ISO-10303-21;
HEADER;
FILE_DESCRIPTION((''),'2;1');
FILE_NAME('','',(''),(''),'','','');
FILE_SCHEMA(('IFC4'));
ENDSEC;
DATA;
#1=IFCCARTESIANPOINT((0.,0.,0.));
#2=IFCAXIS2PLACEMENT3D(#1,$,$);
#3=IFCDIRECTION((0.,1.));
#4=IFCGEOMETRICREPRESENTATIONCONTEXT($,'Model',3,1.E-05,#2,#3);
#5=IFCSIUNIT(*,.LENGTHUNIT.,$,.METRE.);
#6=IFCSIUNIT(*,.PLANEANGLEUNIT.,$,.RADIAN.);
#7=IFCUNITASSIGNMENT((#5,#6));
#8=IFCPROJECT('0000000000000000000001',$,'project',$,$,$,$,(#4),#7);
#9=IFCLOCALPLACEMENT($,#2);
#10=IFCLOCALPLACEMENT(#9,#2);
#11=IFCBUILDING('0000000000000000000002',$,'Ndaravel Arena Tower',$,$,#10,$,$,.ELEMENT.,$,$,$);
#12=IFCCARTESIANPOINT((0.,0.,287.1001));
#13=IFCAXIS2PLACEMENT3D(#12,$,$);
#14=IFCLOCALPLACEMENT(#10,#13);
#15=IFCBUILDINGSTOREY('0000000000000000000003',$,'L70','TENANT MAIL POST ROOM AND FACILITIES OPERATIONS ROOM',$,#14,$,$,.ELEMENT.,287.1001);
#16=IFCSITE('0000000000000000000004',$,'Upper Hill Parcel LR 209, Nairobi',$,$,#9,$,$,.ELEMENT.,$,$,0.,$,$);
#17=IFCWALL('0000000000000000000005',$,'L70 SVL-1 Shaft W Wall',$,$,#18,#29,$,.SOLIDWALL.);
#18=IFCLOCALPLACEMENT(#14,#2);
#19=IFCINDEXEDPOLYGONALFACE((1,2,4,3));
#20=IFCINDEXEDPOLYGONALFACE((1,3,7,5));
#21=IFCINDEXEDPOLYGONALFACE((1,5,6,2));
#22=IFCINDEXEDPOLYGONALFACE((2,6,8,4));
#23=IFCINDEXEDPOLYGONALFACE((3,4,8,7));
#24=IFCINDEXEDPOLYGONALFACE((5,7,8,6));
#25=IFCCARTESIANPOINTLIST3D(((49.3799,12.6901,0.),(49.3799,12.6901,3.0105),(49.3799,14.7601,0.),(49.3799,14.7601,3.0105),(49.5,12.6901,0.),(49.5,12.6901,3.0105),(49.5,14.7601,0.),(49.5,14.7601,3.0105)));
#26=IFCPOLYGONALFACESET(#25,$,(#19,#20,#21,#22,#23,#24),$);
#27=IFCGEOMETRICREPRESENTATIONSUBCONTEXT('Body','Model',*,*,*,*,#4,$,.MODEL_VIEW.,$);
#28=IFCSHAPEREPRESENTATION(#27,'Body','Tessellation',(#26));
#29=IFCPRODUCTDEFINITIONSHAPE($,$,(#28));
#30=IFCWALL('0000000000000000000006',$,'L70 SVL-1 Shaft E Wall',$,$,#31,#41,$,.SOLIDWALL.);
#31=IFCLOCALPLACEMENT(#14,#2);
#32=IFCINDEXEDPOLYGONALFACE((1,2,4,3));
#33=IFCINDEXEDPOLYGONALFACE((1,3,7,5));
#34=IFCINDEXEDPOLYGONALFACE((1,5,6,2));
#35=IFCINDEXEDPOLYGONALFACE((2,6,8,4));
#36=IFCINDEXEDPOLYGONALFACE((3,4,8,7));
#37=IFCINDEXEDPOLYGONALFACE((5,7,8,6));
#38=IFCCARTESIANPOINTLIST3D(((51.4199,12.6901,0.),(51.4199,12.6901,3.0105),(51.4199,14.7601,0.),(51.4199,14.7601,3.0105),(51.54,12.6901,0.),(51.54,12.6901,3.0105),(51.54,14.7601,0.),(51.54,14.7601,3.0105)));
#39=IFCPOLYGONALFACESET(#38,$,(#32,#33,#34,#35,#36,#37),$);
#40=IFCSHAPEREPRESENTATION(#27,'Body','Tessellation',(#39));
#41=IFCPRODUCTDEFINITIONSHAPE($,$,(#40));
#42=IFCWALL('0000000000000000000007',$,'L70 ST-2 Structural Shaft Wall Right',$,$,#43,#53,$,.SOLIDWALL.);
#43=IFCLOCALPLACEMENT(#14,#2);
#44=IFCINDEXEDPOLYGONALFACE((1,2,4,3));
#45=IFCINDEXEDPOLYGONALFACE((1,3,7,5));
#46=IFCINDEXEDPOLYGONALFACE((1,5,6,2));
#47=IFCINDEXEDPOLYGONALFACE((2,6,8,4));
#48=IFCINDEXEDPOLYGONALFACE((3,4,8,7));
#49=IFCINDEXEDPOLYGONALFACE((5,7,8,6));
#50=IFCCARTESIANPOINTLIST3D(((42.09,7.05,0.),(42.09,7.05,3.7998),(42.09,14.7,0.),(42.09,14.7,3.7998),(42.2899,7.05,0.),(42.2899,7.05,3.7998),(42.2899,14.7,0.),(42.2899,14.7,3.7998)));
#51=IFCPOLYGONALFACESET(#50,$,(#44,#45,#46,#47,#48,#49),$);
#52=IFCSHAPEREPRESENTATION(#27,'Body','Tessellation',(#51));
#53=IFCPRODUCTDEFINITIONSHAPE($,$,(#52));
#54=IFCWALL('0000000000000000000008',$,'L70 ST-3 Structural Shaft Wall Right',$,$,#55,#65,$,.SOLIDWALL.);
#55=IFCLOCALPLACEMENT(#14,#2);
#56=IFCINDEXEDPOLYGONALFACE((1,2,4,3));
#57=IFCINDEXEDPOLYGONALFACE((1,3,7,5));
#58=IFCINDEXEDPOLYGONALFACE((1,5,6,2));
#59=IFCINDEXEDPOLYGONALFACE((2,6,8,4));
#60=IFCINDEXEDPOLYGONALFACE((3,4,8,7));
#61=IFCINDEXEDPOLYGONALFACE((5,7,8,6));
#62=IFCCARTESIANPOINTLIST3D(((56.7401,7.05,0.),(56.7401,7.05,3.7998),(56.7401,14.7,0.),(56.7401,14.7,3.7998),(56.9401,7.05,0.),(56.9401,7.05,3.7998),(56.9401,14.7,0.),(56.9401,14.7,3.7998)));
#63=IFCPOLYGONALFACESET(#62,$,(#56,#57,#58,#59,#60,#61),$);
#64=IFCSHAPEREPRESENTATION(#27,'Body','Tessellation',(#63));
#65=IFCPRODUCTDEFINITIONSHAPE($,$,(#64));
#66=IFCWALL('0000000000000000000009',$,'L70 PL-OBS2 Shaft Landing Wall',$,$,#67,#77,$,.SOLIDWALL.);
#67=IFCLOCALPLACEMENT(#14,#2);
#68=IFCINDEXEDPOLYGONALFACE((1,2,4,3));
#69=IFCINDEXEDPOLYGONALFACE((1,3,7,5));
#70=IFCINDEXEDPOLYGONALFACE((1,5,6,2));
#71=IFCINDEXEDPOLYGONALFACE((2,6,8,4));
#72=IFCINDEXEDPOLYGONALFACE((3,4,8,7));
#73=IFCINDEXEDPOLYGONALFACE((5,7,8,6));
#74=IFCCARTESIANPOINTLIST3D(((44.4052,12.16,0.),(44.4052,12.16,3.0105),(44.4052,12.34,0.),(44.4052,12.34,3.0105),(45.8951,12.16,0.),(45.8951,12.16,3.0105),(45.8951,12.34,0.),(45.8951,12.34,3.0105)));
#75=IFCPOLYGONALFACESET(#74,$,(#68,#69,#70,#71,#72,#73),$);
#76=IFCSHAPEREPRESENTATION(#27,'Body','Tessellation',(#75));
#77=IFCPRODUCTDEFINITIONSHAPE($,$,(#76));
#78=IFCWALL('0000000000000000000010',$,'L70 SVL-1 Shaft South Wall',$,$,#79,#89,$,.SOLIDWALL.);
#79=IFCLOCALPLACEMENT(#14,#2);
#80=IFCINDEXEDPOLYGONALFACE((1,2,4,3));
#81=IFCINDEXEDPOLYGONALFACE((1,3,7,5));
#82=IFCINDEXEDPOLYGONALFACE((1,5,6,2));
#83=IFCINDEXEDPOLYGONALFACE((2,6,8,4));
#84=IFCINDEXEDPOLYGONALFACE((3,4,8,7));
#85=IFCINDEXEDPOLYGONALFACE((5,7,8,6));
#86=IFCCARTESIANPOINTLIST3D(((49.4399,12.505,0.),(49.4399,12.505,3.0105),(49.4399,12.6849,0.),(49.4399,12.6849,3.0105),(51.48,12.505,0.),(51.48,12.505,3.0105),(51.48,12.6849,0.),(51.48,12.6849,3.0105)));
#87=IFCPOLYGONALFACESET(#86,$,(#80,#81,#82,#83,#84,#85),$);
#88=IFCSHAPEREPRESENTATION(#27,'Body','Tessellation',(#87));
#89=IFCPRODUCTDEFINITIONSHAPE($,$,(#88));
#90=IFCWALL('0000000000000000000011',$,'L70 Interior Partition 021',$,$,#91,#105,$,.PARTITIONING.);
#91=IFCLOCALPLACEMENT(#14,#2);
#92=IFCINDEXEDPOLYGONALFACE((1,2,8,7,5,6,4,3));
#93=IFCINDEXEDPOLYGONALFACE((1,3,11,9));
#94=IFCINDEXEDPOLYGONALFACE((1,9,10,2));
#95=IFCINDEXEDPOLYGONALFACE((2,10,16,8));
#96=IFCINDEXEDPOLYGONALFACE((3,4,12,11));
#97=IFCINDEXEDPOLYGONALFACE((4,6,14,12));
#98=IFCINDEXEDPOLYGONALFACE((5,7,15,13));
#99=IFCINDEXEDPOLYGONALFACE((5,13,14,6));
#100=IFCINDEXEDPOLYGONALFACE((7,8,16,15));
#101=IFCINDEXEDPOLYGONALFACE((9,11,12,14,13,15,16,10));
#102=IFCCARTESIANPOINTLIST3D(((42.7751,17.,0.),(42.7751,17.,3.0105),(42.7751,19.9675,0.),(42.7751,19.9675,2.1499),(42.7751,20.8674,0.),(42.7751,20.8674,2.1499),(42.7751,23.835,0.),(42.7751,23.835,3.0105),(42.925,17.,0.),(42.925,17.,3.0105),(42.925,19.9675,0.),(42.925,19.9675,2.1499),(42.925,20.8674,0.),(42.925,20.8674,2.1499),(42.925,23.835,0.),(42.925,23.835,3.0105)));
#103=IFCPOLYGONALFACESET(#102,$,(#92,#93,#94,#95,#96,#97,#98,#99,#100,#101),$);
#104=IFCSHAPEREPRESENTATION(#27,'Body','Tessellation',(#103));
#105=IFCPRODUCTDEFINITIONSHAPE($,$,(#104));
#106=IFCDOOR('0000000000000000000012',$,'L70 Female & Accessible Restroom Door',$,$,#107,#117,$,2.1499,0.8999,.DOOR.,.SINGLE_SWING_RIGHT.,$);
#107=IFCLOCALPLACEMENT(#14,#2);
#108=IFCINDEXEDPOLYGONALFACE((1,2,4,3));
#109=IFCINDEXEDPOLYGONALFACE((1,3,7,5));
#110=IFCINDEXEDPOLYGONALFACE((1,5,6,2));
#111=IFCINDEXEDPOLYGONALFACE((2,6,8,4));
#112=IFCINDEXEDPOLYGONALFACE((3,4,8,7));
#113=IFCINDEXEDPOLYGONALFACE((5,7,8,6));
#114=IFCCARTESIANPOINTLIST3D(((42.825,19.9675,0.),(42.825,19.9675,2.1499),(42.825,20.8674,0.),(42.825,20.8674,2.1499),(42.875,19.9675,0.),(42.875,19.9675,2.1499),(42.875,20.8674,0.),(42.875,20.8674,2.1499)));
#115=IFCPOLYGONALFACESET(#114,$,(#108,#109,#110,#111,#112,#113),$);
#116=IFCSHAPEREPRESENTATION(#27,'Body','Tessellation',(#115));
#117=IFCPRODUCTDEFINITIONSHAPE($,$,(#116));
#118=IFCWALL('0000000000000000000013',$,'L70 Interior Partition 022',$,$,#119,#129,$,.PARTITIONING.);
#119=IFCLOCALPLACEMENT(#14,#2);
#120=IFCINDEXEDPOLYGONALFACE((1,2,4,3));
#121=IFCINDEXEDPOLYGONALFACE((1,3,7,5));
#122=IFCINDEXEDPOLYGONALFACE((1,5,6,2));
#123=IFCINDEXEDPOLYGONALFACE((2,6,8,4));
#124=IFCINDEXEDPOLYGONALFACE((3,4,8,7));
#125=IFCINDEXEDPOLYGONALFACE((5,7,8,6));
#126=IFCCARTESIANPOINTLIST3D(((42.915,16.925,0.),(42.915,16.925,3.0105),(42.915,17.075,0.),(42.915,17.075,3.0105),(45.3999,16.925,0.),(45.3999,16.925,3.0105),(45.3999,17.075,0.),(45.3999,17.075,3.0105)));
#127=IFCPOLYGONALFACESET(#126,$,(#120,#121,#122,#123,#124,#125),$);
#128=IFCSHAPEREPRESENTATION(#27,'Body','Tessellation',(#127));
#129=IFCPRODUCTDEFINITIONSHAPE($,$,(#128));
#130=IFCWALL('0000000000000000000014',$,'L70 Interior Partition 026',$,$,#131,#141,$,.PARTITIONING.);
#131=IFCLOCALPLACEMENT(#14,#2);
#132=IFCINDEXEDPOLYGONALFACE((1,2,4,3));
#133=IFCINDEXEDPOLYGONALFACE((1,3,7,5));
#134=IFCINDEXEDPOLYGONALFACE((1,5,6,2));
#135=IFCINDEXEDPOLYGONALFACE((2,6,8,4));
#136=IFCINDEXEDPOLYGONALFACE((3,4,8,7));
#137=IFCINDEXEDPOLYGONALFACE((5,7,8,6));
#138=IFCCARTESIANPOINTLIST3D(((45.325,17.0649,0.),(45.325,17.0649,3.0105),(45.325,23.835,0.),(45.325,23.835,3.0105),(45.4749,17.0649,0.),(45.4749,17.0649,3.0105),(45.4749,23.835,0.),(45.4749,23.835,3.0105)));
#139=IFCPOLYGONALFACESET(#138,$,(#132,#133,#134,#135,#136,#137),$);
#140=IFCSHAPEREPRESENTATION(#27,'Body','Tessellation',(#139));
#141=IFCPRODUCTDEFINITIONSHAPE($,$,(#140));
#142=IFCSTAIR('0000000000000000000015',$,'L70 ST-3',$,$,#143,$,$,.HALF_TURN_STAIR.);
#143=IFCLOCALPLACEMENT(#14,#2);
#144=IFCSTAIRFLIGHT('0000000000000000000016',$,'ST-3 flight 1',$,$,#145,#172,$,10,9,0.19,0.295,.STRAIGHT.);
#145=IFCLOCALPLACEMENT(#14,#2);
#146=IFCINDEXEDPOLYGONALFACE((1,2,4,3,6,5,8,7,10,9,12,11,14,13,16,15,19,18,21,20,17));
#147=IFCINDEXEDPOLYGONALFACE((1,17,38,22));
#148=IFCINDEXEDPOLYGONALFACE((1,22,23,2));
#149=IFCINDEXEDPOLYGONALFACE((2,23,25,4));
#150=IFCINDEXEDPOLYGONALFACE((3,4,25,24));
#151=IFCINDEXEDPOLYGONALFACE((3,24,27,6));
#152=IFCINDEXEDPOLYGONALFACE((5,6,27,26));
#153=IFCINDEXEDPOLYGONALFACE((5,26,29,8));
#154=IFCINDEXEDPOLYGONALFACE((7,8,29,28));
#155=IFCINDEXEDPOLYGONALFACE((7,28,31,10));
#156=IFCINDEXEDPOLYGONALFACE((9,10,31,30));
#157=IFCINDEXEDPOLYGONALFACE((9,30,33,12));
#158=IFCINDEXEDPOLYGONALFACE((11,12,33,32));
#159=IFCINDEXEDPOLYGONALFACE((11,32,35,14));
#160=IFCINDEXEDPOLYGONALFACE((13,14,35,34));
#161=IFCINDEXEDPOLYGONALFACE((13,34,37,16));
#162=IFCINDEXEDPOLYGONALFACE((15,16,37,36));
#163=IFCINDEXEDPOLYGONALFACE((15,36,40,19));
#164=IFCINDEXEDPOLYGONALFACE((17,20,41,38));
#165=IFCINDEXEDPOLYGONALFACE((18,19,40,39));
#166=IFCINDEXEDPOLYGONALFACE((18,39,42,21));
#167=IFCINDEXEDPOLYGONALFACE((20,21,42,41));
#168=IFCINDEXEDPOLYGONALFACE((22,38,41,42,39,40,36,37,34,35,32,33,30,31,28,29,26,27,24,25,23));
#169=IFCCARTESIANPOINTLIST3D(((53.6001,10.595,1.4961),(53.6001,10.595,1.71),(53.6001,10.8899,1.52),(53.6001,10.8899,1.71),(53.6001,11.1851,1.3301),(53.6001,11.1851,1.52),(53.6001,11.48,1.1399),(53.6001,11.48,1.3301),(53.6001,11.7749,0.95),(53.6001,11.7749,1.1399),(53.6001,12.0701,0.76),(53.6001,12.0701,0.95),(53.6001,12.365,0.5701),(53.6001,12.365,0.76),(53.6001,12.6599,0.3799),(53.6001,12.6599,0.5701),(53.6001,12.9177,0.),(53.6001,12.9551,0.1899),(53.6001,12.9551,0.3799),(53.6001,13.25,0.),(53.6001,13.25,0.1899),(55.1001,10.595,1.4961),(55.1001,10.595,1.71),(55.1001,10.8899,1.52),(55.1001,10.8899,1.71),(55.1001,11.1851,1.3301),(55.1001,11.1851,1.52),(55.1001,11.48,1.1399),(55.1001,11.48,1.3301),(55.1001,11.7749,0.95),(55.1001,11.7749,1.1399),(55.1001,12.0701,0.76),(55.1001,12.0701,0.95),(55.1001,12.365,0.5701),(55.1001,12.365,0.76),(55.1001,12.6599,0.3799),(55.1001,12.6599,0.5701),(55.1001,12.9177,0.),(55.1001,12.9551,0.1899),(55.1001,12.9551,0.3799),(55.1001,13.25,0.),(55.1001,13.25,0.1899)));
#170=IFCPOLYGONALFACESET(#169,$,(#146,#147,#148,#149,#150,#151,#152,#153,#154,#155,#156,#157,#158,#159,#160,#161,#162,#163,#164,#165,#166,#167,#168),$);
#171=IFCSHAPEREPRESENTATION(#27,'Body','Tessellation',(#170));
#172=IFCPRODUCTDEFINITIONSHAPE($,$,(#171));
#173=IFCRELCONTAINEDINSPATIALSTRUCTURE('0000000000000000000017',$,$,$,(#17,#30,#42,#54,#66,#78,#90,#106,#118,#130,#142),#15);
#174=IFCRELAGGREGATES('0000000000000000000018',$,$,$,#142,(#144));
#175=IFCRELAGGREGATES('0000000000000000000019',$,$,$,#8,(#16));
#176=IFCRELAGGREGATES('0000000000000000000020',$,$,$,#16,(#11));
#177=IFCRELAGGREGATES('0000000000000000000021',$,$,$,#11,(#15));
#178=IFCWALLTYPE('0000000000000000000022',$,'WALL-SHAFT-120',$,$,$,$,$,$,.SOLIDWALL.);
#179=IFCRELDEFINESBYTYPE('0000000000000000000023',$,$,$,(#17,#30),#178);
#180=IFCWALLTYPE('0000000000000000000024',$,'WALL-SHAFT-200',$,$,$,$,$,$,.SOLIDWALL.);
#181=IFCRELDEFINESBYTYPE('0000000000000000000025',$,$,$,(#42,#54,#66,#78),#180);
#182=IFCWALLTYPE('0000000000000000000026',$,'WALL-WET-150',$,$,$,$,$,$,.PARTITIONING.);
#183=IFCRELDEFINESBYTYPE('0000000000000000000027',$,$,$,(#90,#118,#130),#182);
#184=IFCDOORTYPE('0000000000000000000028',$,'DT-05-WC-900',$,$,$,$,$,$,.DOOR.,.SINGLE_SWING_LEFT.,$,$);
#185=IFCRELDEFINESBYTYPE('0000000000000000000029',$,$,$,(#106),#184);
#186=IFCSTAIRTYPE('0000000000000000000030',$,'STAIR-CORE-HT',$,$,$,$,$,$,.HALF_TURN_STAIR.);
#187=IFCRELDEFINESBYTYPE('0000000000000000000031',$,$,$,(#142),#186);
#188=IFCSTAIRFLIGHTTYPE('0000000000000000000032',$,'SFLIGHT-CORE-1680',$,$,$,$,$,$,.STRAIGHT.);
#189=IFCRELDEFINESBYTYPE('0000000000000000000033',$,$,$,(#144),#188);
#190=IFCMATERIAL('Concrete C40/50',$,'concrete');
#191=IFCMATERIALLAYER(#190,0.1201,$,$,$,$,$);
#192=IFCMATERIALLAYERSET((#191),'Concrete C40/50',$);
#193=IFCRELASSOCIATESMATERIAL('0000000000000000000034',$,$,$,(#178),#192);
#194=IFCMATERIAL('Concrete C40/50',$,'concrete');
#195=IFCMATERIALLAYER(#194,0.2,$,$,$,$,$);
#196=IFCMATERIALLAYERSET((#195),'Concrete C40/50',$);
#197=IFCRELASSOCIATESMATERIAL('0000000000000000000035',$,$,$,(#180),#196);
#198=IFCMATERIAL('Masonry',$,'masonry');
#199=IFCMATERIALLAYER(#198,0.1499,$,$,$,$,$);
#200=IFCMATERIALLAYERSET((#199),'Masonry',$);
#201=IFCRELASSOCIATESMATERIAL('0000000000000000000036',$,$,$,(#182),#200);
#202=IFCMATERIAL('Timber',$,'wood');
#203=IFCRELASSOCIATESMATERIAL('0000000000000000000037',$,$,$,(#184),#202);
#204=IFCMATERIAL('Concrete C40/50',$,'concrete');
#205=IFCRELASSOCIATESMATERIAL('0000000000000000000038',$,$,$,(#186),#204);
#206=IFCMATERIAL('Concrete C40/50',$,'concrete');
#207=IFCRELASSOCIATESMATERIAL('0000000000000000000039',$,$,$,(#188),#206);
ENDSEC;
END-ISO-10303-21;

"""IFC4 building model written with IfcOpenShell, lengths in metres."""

from ifc_helpers import new_model, si_unit, direction, frame, frame_2d, origin, place, context, subcontext, project, spatial, polyline, rectangle, outline, extrude, material, layer, layer_set, type_object, element, fill, aggregate, save


model = new_model("IFC4")

# Units and contexts
model_context = context("Model", 3, precision=1e-05, world=origin(), true_north=direction((0.0, 1.0)))
body_context = subcontext(model_context, "Body", "Model", "MODEL_VIEW")
ifc_project = project(units=[si_unit("LENGTHUNIT", "METRE"), si_unit("PLANEANGLEUNIT", "RADIAN")], contexts=[model_context])

# Site, building, storey
site_placement = place(None, origin())
site = spatial("IfcSite", under=ifc_project, at=site_placement, Name="Upper Hill Parcel LR 209, Nairobi", CompositionType="ELEMENT", RefElevation=0.0)
building_placement = place(site_placement, origin())
building = spatial("IfcBuilding", under=site, at=building_placement, Name="Ndaravel Arena Tower", CompositionType="ELEMENT")
storey_placement = place(building_placement, frame((0.0, 0.0, 287.1001)))
storey = spatial("IfcBuildingStorey", under=building, at=storey_placement, Name="L70", Description="TENANT MAIL POST ROOM AND FACILITIES OPERATIONS ROOM", CompositionType="ELEMENT", Elevation=287.1001)

# Walls
ifc_material_1 = material(Name="Concrete C40/50", Category="concrete")
ifc_layer_1 = layer(ifc_material_1, 0.1201)
ifc_layer_set_1 = layer_set([ifc_layer_1], Name="Concrete C40/50")
wall_type_1 = type_object("IfcWallType", Name="WALL-SHAFT-120", PredefinedType="SOLIDWALL", material=ifc_layer_set_1)
for number, where, z_axis, x_axis, name in (
    (1, (49.4399, 12.6899, 0.0), (0.0, 0.0, 1.0), (0.0, 1.0, 0.0), "L70 SVL-1 Shaft W Wall"),
    (2, (51.48, 12.6899, 0.0), (0.0, 0.0, 1.0), (0.0, 1.0, 0.0), "L70 SVL-1 Shaft E Wall"),
):
    element("IfcWall", number, at=place(storey_placement, frame(where, z_axis=z_axis, x_axis=x_axis)), inside=storey, type_object=wall_type_1, Name=name, PredefinedType="SOLIDWALL", context=body_context, shape_type="SweptSolid", body=[
        extrude(rectangle(XDim=2.0701, YDim=0.1201, at=frame_2d((1.0352, 0.0))), origin(), (0.0, 0.0, 1.0), 3.0105),
    ])
ifc_material_2 = material(Name="Concrete C40/50", Category="concrete")
ifc_layer_2 = layer(ifc_material_2, 0.2)
ifc_layer_set_2 = layer_set([ifc_layer_2], Name="Concrete C40/50")
wall_type_2 = type_object("IfcWallType", Name="WALL-SHAFT-200", PredefinedType="SOLIDWALL", material=ifc_layer_set_2)
for number, where, z_axis, x_axis, name in (
    (3, (42.1899, 14.7, 0.0), (0.0, 0.0, 1.0), (0.0, -1.0, 0.0), "L70 ST-2 Structural Shaft Wall Right"),
    (4, (56.8401, 14.7, 0.0), (0.0, 0.0, 1.0), (0.0, -1.0, 0.0), "L70 ST-3 Structural Shaft Wall Right"),
):
    element("IfcWall", number, at=place(storey_placement, frame(where, z_axis=z_axis, x_axis=x_axis)), inside=storey, type_object=wall_type_2, Name=name, PredefinedType="SOLIDWALL", context=body_context, shape_type="SweptSolid", body=[
        extrude(rectangle(XDim=7.6499, YDim=0.2, at=frame_2d((3.825, 0.0))), origin(), (0.0, 0.0, 1.0), 3.7998),
    ])
wall_1_placement = place(storey_placement, frame((44.405, 12.25, 0.0), z_axis=(0.0, 0.0, 1.0), x_axis=(1.0, 0.0, 0.0)))
element("IfcWall", 5, at=wall_1_placement, inside=storey, type_object=wall_type_2, Name="L70 PL-OBS2 Shaft Landing Wall", PredefinedType="SOLIDWALL", context=body_context, shape_type="SweptSolid", body=[
    extrude(rectangle(XDim=1.49, YDim=0.1799, at=frame_2d((0.7451, 0.0))), origin(), (0.0, 0.0, 1.0), 3.0105),
])
wall_2_placement = place(storey_placement, frame((49.4399, 12.595, 0.0), z_axis=(0.0, 0.0, 1.0), x_axis=(1.0, 0.0, 0.0)))
element("IfcWall", 6, at=wall_2_placement, inside=storey, type_object=wall_type_2, Name="L70 SVL-1 Shaft South Wall", PredefinedType="SOLIDWALL", context=body_context, shape_type="SweptSolid", body=[
    extrude(rectangle(XDim=2.04, YDim=0.1799, at=frame_2d((1.02, 0.0))), origin(), (0.0, 0.0, 1.0), 3.0105),
])

# Wall, opening, door
ifc_material_3 = material(Name="Masonry", Category="masonry")
ifc_layer_3 = layer(ifc_material_3, 0.1499)
ifc_layer_set_3 = layer_set([ifc_layer_3], Name="Masonry")
wall_type_3 = type_object("IfcWallType", Name="WALL-WET-150", PredefinedType="PARTITIONING", material=ifc_layer_set_3)
wall_3_placement = place(storey_placement, frame((42.8501, 23.835, 0.0), z_axis=(0.0, 0.0, 1.0), x_axis=(0.0, -1.0, 0.0)))
wall_3 = element("IfcWall", 7, at=wall_3_placement, inside=storey, type_object=wall_type_3, Name="L70 Interior Partition 021", PredefinedType="PARTITIONING", context=body_context, shape_type="SweptSolid", body=[
    extrude(rectangle(XDim=6.835, YDim=0.1499, at=frame_2d((3.4175, 0.0))), origin(), (0.0, 0.0, 1.0), 3.0105),
])
opening_1_placement = place(wall_3_placement, frame((2.9675, 0.0, 0.0)))
opening_1 = element("IfcOpeningElement", 8, at=opening_1_placement, cuts=wall_3, PredefinedType="OPENING", context=body_context, shape_type="SweptSolid", body=[
    extrude(rectangle(XDim=0.8999, YDim=2.1499, at=frame_2d((0.45, 1.075))), frame((0.0, 0.075, 0.0), z_axis=(0.0, -1.0, 0.0), x_axis=(1.0, 0.0, 0.0)), (0.0, 0.0, 1.0), 0.1499),
])
ifc_material_4 = material(Name="Timber", Category="wood")
door_type_1 = type_object("IfcDoorType", Name="DT-05-WC-900", OperationType="SINGLE_SWING_LEFT", PredefinedType="DOOR", material=ifc_material_4)
door_1_placement = place(opening_1_placement, origin())
door_1 = element("IfcDoor", 9, at=door_1_placement, inside=storey, type_object=door_type_1, Name="L70 Female & Accessible Restroom Door", OperationType="SINGLE_SWING_RIGHT", OverallHeight=2.1499, OverallWidth=0.8999, PredefinedType="DOOR", context=body_context, shape_type="SweptSolid", body=[
    extrude(rectangle(XDim=0.8999, YDim=2.1499, at=frame_2d((0.45, 1.075))), frame((0.0, 0.0249, 0.0), z_axis=(0.0, -1.0, 0.0), x_axis=(1.0, 0.0, 0.0)), (0.0, 0.0, 1.0), 0.05),
])
fill(opening_1, door_1)

# Walls
wall_4_placement = place(storey_placement, frame((42.915, 17.0, 0.0), z_axis=(0.0, 0.0, 1.0), x_axis=(1.0, 0.0, 0.0)))
element("IfcWall", 10, at=wall_4_placement, inside=storey, type_object=wall_type_3, Name="L70 Interior Partition 022", PredefinedType="PARTITIONING", context=body_context, shape_type="SweptSolid", body=[
    extrude(rectangle(XDim=2.4849, YDim=0.1499, at=frame_2d((1.2424, 0.0))), origin(), (0.0, 0.0, 1.0), 3.0105),
])
wall_5_placement = place(storey_placement, frame((45.3999, 23.835, 0.0), z_axis=(0.0, 0.0, 1.0), x_axis=(0.0, -1.0, 0.0)))
element("IfcWall", 11, at=wall_5_placement, inside=storey, type_object=wall_type_3, Name="L70 Interior Partition 026", PredefinedType="PARTITIONING", context=body_context, shape_type="SweptSolid", body=[
    extrude(rectangle(XDim=6.77, YDim=0.1499, at=frame_2d((3.385, 0.0))), origin(), (0.0, 0.0, 1.0), 3.0105),
])

# Stair, stair flight
ifc_material_5 = material(Name="Concrete C40/50", Category="concrete")
stair_type = type_object("IfcStairType", Name="STAIR-CORE-HT", PredefinedType="HALF_TURN_STAIR", material=ifc_material_5)
stair_placement = place(storey_placement, origin())
stair = element("IfcStair", 12, at=stair_placement, inside=storey, type_object=stair_type, Name="L70 ST-3", PredefinedType="HALF_TURN_STAIR")
ifc_material_6 = material(Name="Concrete C40/50", Category="concrete")
stair_flight_type = type_object("IfcStairFlightType", Name="SFLIGHT-CORE-1680", PredefinedType="STRAIGHT", material=ifc_material_6)
stair_flight_placement = place(storey_placement, frame((54.3501, 13.25, 0.0), z_axis=(0.0, 0.0, 1.0), x_axis=(0.0, -1.0, 0.0)))
stair_flight = element("IfcStairFlight", 13, at=stair_flight_placement, type_object=stair_flight_type, Name="ST-3 flight 1", NumberOfRisers=10, NumberOfTreads=9, PredefinedType="STRAIGHT", RiserHeight=0.19, TreadLength=0.295, context=body_context, shape_type="SweptSolid", body=[
    extrude(outline(polyline([(0.0, 0.0), (0.0, 0.1899), (0.2949, 0.1899), (0.2949, 0.3799), (0.5901, 0.3799), (0.5901, 0.5701), (0.885, 0.5701), (0.885, 0.76), (1.1799, 0.76), (1.1799, 0.95), (1.4751, 0.95), (1.4751, 1.1399), (1.77, 1.1399), (1.77, 1.3301), (2.0649, 1.3301), (2.0649, 1.52), (2.3601, 1.52), (2.3601, 1.71), (2.655, 1.71), (2.655, 1.8999), (2.655, 1.4961), (0.3323, 0.0), (0.0, 0.0)])), frame((0.0, 0.75, 0.0), z_axis=(0.0, -1.0, 0.0), x_axis=(1.0, 0.0, 0.0)), (0.0, 0.0, 1.0), 1.5),
])
aggregate(stair, [stair_flight])

save(model, "model.ifc")
